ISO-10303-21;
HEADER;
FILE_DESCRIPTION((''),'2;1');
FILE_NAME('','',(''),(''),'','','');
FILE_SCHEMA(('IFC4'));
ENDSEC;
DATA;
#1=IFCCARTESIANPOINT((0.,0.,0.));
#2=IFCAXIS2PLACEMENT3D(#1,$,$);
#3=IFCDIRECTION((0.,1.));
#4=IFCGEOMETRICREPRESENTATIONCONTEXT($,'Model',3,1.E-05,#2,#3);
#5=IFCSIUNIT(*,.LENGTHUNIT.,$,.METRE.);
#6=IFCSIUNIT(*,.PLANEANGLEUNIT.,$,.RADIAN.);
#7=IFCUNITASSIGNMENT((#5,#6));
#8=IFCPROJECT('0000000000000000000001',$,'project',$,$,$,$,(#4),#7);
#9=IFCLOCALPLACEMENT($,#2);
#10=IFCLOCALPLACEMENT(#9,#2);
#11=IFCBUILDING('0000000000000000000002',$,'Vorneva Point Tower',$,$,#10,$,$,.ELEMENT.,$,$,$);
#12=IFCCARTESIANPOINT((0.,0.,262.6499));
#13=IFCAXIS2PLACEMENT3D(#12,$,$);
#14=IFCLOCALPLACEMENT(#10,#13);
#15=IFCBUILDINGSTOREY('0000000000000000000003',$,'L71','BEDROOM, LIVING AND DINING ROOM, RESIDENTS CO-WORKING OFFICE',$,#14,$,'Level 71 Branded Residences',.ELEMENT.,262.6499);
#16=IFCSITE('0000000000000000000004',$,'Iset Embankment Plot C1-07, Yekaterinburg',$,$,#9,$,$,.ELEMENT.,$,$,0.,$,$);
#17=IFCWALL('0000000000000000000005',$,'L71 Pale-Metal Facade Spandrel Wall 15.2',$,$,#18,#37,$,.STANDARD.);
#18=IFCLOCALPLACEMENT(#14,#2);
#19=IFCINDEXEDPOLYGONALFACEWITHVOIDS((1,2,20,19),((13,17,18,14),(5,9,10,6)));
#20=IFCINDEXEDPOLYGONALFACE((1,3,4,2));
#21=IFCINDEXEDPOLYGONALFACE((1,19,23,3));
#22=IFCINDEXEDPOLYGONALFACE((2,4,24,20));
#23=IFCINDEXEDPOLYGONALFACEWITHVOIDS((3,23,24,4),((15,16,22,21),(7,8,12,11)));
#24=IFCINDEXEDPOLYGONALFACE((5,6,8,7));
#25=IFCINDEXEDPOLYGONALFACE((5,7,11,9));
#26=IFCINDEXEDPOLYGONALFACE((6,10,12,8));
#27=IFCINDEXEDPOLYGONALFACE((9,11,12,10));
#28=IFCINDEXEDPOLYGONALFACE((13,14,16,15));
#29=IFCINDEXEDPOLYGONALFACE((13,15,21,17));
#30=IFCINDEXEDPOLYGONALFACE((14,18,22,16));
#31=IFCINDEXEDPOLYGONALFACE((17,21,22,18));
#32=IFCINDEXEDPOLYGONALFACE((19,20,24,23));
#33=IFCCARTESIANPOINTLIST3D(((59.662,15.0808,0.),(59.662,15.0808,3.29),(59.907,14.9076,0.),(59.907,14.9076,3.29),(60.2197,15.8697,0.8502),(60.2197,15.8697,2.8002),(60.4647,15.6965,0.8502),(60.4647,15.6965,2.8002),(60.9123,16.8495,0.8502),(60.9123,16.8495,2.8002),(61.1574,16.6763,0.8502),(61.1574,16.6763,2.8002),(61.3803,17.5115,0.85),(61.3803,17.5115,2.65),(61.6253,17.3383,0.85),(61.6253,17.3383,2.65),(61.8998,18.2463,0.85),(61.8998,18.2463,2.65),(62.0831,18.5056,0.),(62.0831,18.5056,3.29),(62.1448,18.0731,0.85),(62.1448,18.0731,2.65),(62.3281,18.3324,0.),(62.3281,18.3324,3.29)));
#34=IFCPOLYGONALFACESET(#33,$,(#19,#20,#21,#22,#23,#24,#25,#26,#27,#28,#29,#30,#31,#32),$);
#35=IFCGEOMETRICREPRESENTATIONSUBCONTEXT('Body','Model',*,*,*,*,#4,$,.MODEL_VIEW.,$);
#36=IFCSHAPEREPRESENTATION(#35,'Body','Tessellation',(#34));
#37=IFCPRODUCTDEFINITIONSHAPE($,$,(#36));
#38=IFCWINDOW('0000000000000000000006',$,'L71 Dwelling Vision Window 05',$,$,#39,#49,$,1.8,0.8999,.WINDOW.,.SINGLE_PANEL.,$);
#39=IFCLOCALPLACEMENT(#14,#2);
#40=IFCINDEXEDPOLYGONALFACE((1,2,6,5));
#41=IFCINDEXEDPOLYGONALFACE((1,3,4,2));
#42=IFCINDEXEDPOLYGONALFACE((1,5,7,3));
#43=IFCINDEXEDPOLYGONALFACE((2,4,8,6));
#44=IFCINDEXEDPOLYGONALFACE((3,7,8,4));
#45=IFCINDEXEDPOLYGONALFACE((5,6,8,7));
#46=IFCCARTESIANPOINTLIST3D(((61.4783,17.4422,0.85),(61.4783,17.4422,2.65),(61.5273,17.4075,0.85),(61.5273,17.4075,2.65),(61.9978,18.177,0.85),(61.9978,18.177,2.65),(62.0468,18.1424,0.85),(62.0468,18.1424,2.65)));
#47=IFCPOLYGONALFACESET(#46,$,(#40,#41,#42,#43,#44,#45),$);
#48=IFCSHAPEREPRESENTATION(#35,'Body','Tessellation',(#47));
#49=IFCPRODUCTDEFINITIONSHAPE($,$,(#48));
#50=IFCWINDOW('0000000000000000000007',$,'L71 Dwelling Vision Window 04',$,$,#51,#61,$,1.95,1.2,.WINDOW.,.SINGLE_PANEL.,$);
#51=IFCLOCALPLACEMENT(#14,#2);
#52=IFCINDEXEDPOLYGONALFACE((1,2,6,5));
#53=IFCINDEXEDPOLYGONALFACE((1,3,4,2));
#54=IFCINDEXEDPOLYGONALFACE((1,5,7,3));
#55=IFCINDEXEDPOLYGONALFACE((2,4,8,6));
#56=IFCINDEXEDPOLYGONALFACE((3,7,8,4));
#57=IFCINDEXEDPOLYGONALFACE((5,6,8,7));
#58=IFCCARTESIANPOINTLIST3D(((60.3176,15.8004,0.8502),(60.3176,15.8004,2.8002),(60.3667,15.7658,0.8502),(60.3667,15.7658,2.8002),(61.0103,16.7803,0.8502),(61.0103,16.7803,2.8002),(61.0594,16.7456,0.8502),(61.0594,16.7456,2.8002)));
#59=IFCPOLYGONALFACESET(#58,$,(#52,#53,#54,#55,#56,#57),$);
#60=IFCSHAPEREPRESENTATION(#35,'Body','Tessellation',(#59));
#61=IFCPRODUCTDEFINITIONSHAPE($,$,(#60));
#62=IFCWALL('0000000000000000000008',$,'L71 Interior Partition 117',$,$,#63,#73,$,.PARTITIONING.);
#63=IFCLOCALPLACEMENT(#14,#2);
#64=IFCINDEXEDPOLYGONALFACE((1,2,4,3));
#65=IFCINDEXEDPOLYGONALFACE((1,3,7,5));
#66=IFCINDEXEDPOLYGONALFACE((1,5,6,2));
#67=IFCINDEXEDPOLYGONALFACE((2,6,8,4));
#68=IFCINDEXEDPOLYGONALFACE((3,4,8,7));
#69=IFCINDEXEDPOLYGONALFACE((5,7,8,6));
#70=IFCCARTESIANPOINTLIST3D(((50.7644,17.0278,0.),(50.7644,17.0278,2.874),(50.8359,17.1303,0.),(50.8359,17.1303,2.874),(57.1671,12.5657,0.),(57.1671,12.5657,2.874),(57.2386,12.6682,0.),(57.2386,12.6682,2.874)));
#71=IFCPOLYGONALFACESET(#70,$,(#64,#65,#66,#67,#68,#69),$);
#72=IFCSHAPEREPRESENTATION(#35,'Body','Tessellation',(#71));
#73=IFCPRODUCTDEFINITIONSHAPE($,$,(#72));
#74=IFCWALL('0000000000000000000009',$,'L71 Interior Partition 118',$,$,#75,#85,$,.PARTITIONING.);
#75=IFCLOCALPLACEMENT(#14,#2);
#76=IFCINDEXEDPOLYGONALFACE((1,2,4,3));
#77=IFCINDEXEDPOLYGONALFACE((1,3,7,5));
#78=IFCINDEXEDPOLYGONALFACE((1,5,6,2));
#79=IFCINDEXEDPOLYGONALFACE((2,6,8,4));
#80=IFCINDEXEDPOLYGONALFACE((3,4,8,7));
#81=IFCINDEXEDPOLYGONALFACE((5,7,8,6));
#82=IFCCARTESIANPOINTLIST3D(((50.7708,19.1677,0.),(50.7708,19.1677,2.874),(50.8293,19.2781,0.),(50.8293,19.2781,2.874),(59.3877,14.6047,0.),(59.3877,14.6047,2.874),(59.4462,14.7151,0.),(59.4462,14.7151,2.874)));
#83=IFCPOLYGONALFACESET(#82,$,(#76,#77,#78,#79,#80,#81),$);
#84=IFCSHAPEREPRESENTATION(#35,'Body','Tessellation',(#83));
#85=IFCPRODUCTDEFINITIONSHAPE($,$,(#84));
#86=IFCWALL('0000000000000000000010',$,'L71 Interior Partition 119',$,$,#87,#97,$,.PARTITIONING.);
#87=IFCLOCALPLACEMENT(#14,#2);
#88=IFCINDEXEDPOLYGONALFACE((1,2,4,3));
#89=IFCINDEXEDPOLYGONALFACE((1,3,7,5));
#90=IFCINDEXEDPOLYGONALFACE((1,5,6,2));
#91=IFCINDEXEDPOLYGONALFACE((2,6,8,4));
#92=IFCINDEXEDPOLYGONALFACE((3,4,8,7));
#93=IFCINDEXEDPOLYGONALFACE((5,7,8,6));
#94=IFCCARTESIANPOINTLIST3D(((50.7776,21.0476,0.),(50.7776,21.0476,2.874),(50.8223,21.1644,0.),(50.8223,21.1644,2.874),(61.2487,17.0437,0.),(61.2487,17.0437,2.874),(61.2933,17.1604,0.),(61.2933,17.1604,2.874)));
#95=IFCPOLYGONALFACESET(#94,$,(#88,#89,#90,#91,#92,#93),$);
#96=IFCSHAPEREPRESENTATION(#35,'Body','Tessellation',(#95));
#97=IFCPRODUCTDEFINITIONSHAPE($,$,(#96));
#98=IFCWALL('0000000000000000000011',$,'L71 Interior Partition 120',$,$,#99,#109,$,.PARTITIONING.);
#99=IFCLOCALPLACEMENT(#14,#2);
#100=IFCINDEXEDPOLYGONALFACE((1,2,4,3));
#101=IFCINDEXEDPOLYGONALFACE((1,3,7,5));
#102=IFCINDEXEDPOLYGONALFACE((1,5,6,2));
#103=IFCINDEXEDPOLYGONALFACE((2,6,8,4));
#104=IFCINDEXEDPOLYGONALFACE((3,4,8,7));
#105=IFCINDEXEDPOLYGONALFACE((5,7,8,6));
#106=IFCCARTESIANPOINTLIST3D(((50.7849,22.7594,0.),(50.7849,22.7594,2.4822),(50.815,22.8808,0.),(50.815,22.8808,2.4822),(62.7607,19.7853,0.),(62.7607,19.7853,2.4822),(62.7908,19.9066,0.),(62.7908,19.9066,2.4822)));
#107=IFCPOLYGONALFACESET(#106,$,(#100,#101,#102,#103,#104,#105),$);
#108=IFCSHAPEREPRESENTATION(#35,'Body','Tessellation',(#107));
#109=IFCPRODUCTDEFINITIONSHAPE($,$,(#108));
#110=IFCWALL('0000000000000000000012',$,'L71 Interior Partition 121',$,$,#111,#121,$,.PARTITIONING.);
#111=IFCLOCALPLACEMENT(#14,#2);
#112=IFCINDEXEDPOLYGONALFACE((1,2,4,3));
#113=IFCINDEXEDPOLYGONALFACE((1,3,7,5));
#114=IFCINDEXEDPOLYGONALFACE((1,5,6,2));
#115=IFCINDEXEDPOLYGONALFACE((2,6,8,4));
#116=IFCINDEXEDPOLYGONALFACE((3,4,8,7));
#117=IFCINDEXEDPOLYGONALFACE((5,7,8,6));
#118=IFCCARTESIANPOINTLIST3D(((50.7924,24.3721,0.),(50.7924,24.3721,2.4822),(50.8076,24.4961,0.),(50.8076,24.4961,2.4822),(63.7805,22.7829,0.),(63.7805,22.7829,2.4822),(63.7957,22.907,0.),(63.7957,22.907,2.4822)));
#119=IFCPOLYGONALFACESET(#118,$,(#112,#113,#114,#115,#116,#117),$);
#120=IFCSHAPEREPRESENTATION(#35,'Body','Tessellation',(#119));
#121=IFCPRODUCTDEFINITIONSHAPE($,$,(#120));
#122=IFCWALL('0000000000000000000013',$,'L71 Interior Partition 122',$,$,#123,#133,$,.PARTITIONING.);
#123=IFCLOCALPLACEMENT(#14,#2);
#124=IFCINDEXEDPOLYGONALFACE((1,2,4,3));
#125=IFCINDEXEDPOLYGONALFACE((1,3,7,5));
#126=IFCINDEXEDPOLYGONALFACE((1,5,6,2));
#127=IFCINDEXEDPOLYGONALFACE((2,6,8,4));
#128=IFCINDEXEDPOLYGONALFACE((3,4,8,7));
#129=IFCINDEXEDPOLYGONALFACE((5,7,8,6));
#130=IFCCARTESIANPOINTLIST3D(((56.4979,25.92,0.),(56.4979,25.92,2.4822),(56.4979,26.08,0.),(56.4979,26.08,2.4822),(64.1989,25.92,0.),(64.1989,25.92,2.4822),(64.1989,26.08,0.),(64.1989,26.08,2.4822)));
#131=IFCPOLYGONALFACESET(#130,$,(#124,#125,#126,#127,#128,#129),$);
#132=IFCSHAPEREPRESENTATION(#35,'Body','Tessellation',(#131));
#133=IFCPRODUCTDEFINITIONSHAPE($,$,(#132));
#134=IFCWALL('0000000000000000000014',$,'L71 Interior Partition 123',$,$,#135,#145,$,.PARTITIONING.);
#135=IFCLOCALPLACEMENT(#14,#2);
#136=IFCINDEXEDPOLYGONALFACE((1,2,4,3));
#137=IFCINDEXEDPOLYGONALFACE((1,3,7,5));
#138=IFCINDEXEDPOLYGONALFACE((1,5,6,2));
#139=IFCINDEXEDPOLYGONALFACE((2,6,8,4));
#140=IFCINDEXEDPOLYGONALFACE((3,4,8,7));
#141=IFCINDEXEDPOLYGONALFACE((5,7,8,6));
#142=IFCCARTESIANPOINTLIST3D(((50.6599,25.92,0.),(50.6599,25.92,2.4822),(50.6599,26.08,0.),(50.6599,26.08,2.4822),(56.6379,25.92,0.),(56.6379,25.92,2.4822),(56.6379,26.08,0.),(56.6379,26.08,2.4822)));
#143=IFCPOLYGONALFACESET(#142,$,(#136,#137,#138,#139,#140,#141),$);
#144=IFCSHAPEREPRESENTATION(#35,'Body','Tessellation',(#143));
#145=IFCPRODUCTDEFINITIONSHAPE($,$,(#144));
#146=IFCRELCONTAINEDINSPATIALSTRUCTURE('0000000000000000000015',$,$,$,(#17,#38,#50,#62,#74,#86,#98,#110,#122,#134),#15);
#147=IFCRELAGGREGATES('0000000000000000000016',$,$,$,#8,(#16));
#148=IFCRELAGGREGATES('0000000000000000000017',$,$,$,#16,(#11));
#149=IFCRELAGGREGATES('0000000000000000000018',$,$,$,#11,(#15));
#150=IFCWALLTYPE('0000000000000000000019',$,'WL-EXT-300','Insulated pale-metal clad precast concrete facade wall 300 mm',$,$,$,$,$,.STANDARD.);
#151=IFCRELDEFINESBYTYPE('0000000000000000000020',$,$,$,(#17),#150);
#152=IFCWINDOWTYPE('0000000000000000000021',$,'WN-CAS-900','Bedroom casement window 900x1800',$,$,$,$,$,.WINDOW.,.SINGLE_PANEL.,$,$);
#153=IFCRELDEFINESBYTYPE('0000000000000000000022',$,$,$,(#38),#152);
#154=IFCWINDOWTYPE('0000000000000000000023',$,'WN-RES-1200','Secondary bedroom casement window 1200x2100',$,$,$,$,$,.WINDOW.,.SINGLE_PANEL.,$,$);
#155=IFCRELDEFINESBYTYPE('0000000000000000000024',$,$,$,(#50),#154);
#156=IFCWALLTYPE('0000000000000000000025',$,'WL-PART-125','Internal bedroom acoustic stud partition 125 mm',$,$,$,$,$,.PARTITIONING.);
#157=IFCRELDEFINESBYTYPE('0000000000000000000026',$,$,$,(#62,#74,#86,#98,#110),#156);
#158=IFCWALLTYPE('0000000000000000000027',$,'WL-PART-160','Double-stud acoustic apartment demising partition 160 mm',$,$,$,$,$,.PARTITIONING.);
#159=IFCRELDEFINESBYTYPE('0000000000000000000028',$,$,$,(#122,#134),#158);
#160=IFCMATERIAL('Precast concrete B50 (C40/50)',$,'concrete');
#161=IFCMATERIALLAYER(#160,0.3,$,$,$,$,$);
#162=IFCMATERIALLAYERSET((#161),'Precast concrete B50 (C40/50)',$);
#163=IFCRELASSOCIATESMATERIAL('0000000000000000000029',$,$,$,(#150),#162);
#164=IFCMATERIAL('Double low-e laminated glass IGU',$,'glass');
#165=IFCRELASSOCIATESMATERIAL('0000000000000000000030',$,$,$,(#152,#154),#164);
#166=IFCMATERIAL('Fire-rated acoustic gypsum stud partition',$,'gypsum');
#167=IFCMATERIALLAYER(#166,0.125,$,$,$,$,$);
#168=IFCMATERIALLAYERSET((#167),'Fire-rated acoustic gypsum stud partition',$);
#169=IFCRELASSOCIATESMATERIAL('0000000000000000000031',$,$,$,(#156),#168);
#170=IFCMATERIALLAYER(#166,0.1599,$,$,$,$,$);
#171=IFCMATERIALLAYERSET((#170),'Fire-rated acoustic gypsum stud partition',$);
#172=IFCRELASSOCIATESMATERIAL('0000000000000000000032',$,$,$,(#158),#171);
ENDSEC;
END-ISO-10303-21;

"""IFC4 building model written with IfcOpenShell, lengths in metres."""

from ifc_helpers import new_model, si_unit, direction, frame, frame_2d, origin, place, context, subcontext, project, spatial, rectangle, extrude, material, layer, layer_set, type_object, element, fill, save


model = new_model("IFC4")

# Units and contexts
model_context = context("Model", 3, precision=1e-05, world=origin(), true_north=direction((0.0, 1.0)))
body_context = subcontext(model_context, "Body", "Model", "MODEL_VIEW")
ifc_project = project(units=[si_unit("LENGTHUNIT", "METRE"), si_unit("PLANEANGLEUNIT", "RADIAN")], contexts=[model_context])

# Site, building, storey
site_placement = place(None, origin())
site = spatial("IfcSite", under=ifc_project, at=site_placement, Name="Iset Embankment Plot C1-07, Yekaterinburg", CompositionType="ELEMENT", RefElevation=0.0)
building_placement = place(site_placement, origin())
building = spatial("IfcBuilding", under=site, at=building_placement, Name="Vorneva Point Tower", CompositionType="ELEMENT")
storey_placement = place(building_placement, frame((0.0, 0.0, 262.6499)))
storey = spatial("IfcBuildingStorey", under=building, at=storey_placement, Name="L71", Description="BEDROOM, LIVING AND DINING ROOM, RESIDENTS CO-WORKING OFFICE", LongName="Level 71 Branded Residences", CompositionType="ELEMENT", Elevation=262.6499)

# Shared definitions
ifc_material_1 = material(Name="Double low-e laminated glass IGU", Category="glass")

# Shared definitions
ifc_material_2 = material(Name="Precast concrete B50 (C40/50)", Category="concrete")
ifc_layer_1 = layer(ifc_material_2, 0.3)
ifc_layer_set_1 = layer_set([ifc_layer_1], Name="Precast concrete B50 (C40/50)")
wall_type_1 = type_object("IfcWallType", Name="WL-EXT-300", Description="Insulated pale-metal clad precast concrete facade wall 300 mm", PredefinedType="STANDARD", material=ifc_layer_set_1)

# Wall, openings, windows
wall_1_placement = place(storey_placement, frame((59.7844, 14.9941, 0.0), z_axis=(0.0, 0.0, 1.0), x_axis=(0.577261, 0.81656, 0.0)))
wall_1 = element("IfcWall", 1, at=wall_1_placement, inside=storey, type_object=wall_type_1, Name="L71 Pale-Metal Facade Spandrel Wall 15.2", PredefinedType="STANDARD", context=body_context, shape_type="SweptSolid", body=[
    extrude(rectangle(XDim=4.1941, YDim=0.3, at=frame_2d((2.0972, 0.0))), origin(), (0.0, 0.0, 1.0), 3.29),
])
opening_1_placement = place(wall_1_placement, frame((0.9661, 0.0, 0.8501)))
opening_1 = element("IfcOpeningElement", 2, at=opening_1_placement, cuts=wall_1, PredefinedType="OPENING", context=body_context, shape_type="SweptSolid", body=[
    extrude(rectangle(XDim=1.2, YDim=1.95, at=frame_2d((0.6001, 0.9751))), frame((0.0, 0.165, 0.0), z_axis=(0.0, -1.0, 0.0), x_axis=(1.0, 0.0, 0.0)), (0.0, 0.0, 1.0), 0.3298),
])
opening_2_placement = place(wall_1_placement, frame((2.9768, 0.0, 0.8501)))
opening_2 = element("IfcOpeningElement", 3, at=opening_2_placement, cuts=wall_1, PredefinedType="OPENING", context=body_context, shape_type="SweptSolid", body=[
    extrude(rectangle(XDim=0.8999, YDim=1.8, at=frame_2d((0.45, 0.8999))), frame((0.0, 0.165, 0.0), z_axis=(0.0, -1.0, 0.0), x_axis=(1.0, 0.0, 0.0)), (0.0, 0.0, 1.0), 0.3298),
])
window_type_1 = type_object("IfcWindowType", Name="WN-CAS-900", Description="Bedroom casement window 900x1800", PartitioningType="SINGLE_PANEL", PredefinedType="WINDOW", material=ifc_material_1)
window_1_placement = place(opening_2_placement, origin())
window_1 = element("IfcWindow", 4, at=window_1_placement, inside=storey, type_object=window_type_1, Name="L71 Dwelling Vision Window 05", OverallHeight=1.8, OverallWidth=0.8999, PartitioningType="SINGLE_PANEL", PredefinedType="WINDOW", context=body_context, shape_type="SweptSolid", body=[
    extrude(rectangle(XDim=0.8999, YDim=1.8, at=frame_2d((0.45, 0.8999))), frame((0.0, 0.03, 0.0), z_axis=(0.0, -1.0, 0.0), x_axis=(1.0, 0.0, 0.0)), (0.0, 0.0, 1.0), 0.0601),
])
fill(opening_2, window_1)
window_type_2 = type_object("IfcWindowType", Name="WN-RES-1200", Description="Secondary bedroom casement window 1200x2100", PartitioningType="SINGLE_PANEL", PredefinedType="WINDOW", material=ifc_material_1)
window_2_placement = place(opening_1_placement, origin())
window_2 = element("IfcWindow", 5, at=window_2_placement, inside=storey, type_object=window_type_2, Name="L71 Dwelling Vision Window 04", OverallHeight=1.95, OverallWidth=1.2, PartitioningType="SINGLE_PANEL", PredefinedType="WINDOW", context=body_context, shape_type="SweptSolid", body=[
    extrude(rectangle(XDim=1.2, YDim=1.95, at=frame_2d((0.6001, 0.9751))), frame((0.0, 0.03, 0.0), z_axis=(0.0, -1.0, 0.0), x_axis=(1.0, 0.0, 0.0)), (0.0, 0.0, 1.0), 0.0601),
])
fill(opening_1, window_2)

# Walls
ifc_material_3 = material(Name="Fire-rated acoustic gypsum stud partition", Category="gypsum")
ifc_layer_2 = layer(ifc_material_3, 0.125)
ifc_layer_set_2 = layer_set([ifc_layer_2], Name="Fire-rated acoustic gypsum stud partition")
wall_type_2 = type_object("IfcWallType", Name="WL-PART-125", Description="Internal bedroom acoustic stud partition 125 mm", PredefinedType="PARTITIONING", material=ifc_layer_set_2)
wall_2_placement = place(storey_placement, frame((57.2029, 12.6169, 0.0), z_axis=(0.0, 0.0, 1.0), x_axis=(-0.820424, 0.571756, 0.0)))
element("IfcWall", 6, at=wall_2_placement, inside=storey, type_object=wall_type_2, Name="L71 Interior Partition 117", PredefinedType="PARTITIONING", context=body_context, shape_type="SweptSolid", body=[
    extrude(rectangle(XDim=7.8042, YDim=0.125, at=frame_2d((3.9021, 0.0))), origin(), (0.0, 0.0, 1.0), 2.874),
])
wall_3_placement = place(storey_placement, frame((59.417, 14.6599, 0.0), z_axis=(0.0, 0.0, 1.0), x_axis=(-0.883742, 0.467974, 0.0)))
element("IfcWall", 7, at=wall_3_placement, inside=storey, type_object=wall_type_2, Name="L71 Interior Partition 118", PredefinedType="PARTITIONING", context=body_context, shape_type="SweptSolid", body=[
    extrude(rectangle(XDim=9.7505, YDim=0.125, at=frame_2d((4.8752, 0.0))), origin(), (0.0, 0.0, 1.0), 2.874),
])
wall_4_placement = place(storey_placement, frame((61.271, 17.1021, 0.0), z_axis=(0.0, 0.0, 1.0), x_axis=(-0.934043, 0.357161, 0.0)))
element("IfcWall", 8, at=wall_4_placement, inside=storey, type_object=wall_type_2, Name="L71 Interior Partition 119", PredefinedType="PARTITIONING", context=body_context, shape_type="SweptSolid", body=[
    extrude(rectangle(XDim=11.2104, YDim=0.125, at=frame_2d((5.6052, 0.0))), origin(), (0.0, 0.0, 1.0), 2.874),
])
wall_5_placement = place(storey_placement, frame((62.7759, 19.8459, 0.0), z_axis=(0.0, 0.0, 1.0), x_axis=(-0.97052, 0.241022, 0.0)))
element("IfcWall", 9, at=wall_5_placement, inside=storey, type_object=wall_type_2, Name="L71 Interior Partition 120", PredefinedType="PARTITIONING", context=body_context, shape_type="SweptSolid", body=[
    extrude(rectangle(XDim=12.3396, YDim=0.125, at=frame_2d((6.1699, 0.0))), origin(), (0.0, 0.0, 1.0), 2.4822),
])
wall_6_placement = place(storey_placement, frame((63.7881, 22.845, 0.0), z_axis=(0.0, 0.0, 1.0), x_axis=(-0.992598, 0.121446, 0.0)))
element("IfcWall", 10, at=wall_6_placement, inside=storey, type_object=wall_type_2, Name="L71 Interior Partition 121", PredefinedType="PARTITIONING", context=body_context, shape_type="SweptSolid", body=[
    extrude(rectangle(XDim=13.085, YDim=0.125, at=frame_2d((6.5425, 0.0))), origin(), (0.0, 0.0, 1.0), 2.4822),
])
ifc_layer_3 = layer(ifc_material_3, 0.1599)
ifc_layer_set_3 = layer_set([ifc_layer_3], Name="Fire-rated acoustic gypsum stud partition")
wall_type_3 = type_object("IfcWallType", Name="WL-PART-160", Description="Double-stud acoustic apartment demising partition 160 mm", PredefinedType="PARTITIONING", material=ifc_layer_set_3)
wall_7_placement = place(storey_placement, frame((64.199, 26.0, 0.0), z_axis=(0.0, 0.0, 1.0), x_axis=(-1.0, 0.0, 0.0)))
element("IfcWall", 11, at=wall_7_placement, inside=storey, type_object=wall_type_3, Name="L71 Interior Partition 122", PredefinedType="PARTITIONING", context=body_context, shape_type="SweptSolid", body=[
    extrude(rectangle(XDim=7.7009, YDim=0.1599, at=frame_2d((3.8506, 0.0))), origin(), (0.0, 0.0, 1.0), 2.4822),
])
wall_8_placement = place(storey_placement, frame((56.6379, 26.0, 0.0), z_axis=(0.0, 0.0, 1.0), x_axis=(-1.0, 0.0, 0.0)))
element("IfcWall", 12, at=wall_8_placement, inside=storey, type_object=wall_type_3, Name="L71 Interior Partition 123", PredefinedType="PARTITIONING", context=body_context, shape_type="SweptSolid", body=[
    extrude(rectangle(XDim=5.978, YDim=0.1599, at=frame_2d((2.989, 0.0))), origin(), (0.0, 0.0, 1.0), 2.4822),
])

save(model, "model.ifc")
